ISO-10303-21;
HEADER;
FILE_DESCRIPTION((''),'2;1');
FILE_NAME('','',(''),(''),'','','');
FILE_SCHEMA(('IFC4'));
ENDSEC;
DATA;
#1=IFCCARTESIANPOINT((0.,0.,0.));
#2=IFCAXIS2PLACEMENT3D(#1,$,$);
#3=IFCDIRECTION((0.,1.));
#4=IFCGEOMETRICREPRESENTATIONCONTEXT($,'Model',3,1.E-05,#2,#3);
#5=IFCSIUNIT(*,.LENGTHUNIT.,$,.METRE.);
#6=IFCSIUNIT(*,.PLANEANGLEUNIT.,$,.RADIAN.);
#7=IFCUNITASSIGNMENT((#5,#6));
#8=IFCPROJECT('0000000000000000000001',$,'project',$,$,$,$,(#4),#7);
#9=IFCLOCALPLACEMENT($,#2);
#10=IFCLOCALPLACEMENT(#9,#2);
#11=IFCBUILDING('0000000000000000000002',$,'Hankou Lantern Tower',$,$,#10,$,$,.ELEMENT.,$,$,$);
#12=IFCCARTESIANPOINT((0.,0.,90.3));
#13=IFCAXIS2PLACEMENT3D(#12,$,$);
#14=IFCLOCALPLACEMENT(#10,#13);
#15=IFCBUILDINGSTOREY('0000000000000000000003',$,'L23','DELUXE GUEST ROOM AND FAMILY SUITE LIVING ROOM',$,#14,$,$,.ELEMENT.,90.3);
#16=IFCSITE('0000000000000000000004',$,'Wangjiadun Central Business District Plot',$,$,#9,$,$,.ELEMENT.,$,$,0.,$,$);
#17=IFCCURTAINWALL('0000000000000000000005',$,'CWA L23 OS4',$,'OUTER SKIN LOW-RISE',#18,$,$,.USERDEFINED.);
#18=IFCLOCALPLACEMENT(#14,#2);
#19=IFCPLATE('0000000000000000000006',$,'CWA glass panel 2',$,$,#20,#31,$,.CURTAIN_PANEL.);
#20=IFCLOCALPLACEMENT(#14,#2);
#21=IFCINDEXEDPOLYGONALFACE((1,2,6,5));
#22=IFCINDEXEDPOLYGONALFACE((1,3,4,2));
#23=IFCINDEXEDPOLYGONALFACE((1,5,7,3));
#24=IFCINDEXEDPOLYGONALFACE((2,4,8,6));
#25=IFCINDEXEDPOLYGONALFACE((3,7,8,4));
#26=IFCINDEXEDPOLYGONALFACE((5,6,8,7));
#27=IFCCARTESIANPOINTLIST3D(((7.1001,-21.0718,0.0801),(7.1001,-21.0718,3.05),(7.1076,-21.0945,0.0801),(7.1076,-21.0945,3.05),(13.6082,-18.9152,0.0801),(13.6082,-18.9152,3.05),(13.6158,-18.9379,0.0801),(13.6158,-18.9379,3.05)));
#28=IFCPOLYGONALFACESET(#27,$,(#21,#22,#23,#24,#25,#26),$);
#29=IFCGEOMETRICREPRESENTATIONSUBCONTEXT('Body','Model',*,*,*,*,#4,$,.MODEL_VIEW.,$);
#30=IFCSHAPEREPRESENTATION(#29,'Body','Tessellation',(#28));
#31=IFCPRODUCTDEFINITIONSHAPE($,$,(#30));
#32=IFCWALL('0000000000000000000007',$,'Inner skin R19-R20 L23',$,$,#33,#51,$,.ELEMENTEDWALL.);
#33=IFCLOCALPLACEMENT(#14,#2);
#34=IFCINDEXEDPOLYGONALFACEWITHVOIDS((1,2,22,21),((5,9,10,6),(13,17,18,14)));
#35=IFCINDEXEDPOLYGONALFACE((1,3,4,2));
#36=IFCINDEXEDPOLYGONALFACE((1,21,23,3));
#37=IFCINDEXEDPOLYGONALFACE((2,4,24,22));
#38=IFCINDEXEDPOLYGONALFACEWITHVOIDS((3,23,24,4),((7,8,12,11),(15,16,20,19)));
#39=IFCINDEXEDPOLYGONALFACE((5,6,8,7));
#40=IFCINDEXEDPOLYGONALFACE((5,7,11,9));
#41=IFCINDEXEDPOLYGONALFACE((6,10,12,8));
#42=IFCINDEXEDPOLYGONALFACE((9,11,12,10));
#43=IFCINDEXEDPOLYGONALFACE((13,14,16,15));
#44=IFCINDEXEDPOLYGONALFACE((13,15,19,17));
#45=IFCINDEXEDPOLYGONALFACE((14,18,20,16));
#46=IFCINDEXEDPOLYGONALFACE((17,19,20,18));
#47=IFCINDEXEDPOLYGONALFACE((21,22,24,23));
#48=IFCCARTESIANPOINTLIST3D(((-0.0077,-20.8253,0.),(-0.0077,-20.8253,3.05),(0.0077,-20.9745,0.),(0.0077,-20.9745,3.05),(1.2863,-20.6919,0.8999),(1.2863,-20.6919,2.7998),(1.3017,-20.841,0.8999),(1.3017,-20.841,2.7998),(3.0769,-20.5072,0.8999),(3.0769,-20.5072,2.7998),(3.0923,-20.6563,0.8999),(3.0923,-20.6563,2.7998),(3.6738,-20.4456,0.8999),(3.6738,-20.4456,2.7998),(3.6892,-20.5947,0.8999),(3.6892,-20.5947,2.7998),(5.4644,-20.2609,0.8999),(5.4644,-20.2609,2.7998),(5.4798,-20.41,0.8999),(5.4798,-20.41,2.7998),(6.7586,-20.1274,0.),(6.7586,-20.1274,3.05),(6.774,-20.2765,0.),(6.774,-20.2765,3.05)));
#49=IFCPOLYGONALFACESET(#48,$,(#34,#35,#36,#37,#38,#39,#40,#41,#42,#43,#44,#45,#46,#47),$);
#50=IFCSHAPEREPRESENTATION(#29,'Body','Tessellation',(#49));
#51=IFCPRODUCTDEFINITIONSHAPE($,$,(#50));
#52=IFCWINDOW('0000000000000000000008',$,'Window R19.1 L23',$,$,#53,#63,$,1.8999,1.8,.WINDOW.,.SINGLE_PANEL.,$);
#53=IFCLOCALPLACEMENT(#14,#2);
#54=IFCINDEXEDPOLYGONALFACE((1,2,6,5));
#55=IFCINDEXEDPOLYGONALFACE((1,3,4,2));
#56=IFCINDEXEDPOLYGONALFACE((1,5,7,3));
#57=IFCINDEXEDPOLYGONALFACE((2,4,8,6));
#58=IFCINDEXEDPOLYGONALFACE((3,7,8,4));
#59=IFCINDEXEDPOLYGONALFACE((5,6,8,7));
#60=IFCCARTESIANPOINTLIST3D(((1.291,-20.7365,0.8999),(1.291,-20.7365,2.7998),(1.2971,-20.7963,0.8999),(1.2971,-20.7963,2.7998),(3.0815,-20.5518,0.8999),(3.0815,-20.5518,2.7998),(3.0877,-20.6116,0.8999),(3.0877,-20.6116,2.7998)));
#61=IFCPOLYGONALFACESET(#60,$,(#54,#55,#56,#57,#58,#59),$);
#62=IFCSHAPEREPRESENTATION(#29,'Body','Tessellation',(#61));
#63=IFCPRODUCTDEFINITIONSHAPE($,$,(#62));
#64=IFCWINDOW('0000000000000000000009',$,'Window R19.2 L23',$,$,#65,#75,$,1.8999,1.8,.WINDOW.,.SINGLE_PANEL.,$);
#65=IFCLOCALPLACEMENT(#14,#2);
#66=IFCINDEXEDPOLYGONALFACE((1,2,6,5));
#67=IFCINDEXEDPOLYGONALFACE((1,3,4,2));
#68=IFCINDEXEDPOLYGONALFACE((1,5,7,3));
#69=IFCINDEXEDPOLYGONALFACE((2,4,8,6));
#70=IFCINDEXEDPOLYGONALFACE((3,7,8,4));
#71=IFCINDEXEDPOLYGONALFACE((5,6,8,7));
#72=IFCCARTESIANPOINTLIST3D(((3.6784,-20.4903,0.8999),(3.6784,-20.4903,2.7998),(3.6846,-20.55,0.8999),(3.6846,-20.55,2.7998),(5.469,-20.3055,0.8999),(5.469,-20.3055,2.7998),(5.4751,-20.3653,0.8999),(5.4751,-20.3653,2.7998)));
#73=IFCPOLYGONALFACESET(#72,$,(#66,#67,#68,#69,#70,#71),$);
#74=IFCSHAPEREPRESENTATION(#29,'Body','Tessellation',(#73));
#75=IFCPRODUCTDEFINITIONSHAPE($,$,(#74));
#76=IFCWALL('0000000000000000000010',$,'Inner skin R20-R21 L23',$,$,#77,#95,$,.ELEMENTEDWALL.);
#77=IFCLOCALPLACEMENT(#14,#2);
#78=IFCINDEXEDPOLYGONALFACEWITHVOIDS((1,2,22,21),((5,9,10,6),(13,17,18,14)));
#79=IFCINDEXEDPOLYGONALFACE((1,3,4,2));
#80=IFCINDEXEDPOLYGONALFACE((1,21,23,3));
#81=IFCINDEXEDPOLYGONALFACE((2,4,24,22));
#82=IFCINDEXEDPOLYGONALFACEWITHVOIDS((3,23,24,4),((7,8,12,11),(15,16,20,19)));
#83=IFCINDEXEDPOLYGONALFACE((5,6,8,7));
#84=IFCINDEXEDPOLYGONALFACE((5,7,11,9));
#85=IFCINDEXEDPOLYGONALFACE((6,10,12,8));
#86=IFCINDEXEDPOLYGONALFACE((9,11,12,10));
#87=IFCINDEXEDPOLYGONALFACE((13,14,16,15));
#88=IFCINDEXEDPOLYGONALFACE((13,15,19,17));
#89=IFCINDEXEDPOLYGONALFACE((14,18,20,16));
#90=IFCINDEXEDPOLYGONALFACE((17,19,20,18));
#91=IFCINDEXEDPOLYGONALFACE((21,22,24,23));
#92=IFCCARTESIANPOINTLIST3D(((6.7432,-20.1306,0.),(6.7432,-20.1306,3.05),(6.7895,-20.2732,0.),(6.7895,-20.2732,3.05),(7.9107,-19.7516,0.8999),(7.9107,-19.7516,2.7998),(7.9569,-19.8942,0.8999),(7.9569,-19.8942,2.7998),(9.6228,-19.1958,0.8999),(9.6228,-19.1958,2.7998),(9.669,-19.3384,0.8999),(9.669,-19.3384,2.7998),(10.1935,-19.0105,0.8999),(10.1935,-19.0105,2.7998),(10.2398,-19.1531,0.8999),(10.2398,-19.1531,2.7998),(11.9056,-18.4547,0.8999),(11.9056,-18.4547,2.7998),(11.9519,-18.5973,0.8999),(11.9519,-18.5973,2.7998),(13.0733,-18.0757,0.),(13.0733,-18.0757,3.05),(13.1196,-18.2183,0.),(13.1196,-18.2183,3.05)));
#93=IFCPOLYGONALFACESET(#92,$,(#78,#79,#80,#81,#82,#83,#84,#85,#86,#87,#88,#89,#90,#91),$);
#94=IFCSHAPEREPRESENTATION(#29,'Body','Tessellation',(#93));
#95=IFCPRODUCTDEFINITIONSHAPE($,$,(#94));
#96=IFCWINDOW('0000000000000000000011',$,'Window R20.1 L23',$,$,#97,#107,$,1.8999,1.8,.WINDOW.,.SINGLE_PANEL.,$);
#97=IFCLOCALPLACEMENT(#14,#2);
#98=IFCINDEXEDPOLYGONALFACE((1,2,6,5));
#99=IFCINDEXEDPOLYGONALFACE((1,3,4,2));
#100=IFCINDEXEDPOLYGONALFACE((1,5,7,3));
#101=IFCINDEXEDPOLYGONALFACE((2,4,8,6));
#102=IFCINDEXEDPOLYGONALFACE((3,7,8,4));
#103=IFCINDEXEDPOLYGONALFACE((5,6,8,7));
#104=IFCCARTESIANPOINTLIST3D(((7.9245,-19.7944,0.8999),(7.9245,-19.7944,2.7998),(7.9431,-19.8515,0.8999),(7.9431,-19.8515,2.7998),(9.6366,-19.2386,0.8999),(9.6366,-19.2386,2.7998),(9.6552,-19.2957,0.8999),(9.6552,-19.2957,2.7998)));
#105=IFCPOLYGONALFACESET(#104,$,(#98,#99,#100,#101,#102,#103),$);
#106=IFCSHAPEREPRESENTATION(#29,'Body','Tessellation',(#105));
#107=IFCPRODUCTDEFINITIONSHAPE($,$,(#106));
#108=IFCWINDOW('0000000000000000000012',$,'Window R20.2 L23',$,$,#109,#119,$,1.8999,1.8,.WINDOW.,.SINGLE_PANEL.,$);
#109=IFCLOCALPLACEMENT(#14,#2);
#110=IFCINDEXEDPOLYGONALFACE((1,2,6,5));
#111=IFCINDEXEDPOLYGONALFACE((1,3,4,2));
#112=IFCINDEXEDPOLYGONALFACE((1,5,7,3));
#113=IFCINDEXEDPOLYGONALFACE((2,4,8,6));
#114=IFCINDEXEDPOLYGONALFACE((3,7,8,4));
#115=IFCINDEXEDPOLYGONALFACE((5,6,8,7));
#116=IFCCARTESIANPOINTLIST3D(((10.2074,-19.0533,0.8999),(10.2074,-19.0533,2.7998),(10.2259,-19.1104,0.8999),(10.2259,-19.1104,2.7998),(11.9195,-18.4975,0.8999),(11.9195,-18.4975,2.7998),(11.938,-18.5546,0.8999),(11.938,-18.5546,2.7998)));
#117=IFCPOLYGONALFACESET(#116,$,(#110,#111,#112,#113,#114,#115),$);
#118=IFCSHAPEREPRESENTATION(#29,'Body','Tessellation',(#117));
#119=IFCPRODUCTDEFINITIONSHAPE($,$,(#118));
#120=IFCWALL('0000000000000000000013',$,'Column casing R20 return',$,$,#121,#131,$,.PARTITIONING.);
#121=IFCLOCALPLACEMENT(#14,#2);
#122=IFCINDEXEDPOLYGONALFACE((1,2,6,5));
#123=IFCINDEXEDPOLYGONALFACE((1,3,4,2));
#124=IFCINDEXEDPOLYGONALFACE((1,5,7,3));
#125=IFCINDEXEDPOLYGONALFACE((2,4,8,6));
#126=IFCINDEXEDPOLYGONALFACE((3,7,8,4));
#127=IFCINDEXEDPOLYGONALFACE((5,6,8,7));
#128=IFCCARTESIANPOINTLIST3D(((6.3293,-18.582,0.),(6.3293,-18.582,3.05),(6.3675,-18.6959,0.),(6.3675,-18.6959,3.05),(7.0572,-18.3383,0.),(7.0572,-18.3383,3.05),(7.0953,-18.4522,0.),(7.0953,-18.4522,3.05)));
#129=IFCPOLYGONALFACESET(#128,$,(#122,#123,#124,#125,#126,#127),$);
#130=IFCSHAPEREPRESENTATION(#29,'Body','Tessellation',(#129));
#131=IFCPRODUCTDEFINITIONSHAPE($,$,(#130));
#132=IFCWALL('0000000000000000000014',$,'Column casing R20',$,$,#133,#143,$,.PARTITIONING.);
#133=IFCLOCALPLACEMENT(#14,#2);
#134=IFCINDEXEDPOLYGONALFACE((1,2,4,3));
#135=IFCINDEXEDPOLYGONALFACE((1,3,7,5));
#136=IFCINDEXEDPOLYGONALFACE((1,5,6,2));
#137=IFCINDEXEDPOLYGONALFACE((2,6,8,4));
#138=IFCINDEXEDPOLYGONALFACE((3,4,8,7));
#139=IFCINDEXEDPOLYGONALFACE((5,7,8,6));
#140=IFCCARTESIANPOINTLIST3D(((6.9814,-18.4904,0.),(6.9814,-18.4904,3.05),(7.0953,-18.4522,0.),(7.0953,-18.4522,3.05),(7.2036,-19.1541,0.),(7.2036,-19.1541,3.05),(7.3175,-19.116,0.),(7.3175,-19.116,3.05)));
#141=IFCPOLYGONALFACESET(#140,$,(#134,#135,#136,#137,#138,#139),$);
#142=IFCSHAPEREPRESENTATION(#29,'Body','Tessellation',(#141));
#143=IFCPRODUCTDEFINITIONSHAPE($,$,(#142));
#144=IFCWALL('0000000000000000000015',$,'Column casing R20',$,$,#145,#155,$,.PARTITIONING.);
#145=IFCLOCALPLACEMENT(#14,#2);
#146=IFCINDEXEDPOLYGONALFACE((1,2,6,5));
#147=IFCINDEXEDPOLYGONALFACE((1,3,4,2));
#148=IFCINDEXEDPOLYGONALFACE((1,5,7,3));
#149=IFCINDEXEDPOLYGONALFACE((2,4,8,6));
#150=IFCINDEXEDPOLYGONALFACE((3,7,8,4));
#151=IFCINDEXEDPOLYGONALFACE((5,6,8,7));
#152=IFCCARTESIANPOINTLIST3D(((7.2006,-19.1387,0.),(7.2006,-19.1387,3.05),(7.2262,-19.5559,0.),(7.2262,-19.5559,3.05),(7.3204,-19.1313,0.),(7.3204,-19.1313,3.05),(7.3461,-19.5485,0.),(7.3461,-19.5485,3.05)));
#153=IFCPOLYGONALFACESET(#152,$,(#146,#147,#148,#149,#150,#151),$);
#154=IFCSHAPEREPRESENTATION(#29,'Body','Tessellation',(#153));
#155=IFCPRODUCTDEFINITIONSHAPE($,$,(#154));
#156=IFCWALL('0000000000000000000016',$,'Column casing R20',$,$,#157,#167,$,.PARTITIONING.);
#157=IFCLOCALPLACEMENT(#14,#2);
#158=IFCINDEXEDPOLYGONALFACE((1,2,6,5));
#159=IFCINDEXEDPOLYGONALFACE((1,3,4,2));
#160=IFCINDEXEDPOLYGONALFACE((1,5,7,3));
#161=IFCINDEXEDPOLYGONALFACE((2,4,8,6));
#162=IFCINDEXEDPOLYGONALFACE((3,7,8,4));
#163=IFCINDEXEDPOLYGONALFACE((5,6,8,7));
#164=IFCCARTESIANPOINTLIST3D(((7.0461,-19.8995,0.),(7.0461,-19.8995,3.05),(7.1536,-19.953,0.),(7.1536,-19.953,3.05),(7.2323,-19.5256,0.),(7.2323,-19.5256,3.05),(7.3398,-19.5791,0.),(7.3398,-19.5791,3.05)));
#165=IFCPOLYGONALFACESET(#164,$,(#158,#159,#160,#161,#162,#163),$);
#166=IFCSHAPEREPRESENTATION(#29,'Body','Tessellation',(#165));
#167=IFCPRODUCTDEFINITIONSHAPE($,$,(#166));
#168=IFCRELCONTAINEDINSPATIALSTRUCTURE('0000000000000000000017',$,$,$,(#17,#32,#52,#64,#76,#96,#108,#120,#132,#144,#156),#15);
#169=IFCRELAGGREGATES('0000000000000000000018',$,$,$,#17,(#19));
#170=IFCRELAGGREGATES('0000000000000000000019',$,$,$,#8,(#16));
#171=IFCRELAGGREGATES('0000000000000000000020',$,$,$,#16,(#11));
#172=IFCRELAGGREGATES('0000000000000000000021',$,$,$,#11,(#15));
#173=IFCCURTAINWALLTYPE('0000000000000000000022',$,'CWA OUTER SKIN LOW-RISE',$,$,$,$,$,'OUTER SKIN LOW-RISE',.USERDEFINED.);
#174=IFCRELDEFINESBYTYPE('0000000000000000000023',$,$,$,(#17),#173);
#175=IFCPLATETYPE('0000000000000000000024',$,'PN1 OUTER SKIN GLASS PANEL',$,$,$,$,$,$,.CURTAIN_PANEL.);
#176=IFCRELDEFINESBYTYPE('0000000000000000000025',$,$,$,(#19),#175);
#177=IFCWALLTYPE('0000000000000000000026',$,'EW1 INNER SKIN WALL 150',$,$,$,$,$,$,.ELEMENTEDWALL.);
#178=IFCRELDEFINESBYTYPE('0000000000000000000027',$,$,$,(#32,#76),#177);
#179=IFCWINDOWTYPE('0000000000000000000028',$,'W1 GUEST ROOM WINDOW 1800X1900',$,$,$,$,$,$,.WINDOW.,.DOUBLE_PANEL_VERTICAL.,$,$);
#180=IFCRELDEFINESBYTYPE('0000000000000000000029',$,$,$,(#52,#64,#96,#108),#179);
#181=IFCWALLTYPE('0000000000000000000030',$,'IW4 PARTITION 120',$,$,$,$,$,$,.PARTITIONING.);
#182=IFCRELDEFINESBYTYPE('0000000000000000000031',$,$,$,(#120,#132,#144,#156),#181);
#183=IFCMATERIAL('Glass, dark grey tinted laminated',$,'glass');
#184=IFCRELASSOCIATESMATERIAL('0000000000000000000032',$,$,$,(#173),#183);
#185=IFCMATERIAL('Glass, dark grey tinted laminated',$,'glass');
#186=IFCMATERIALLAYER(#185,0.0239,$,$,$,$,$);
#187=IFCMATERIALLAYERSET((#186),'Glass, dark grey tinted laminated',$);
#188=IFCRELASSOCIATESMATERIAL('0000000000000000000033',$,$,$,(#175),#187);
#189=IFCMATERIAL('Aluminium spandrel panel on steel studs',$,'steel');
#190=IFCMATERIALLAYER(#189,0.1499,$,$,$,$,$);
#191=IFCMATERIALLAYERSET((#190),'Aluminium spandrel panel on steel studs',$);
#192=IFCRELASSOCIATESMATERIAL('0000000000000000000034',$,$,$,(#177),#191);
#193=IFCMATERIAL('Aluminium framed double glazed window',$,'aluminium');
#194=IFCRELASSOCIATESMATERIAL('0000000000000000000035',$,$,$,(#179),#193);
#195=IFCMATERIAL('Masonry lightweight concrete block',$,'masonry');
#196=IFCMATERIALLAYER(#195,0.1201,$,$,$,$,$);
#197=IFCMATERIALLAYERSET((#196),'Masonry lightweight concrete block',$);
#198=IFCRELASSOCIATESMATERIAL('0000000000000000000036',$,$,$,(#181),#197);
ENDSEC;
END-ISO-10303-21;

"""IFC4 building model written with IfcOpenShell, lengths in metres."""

from ifc_helpers import new_model, si_unit, direction, frame, frame_2d, origin, origin_2d, place, context, subcontext, project, spatial, rectangle, extrude, material, layer, layer_set, type_object, element, fill, aggregate, save


model = new_model("IFC4")

# Units and contexts
model_context = context("Model", 3, precision=1e-05, world=origin(), true_north=direction((0.0, 1.0)))
body_context = subcontext(model_context, "Body", "Model", "MODEL_VIEW")
ifc_project = project(units=[si_unit("LENGTHUNIT", "METRE"), si_unit("PLANEANGLEUNIT", "RADIAN")], contexts=[model_context])

# Site, building, storey
site_placement = place(None, origin())
site = spatial("IfcSite", under=ifc_project, at=site_placement, Name="Wangjiadun Central Business District Plot", CompositionType="ELEMENT", RefElevation=0.0)
building_placement = place(site_placement, origin())
building = spatial("IfcBuilding", under=site, at=building_placement, Name="Hankou Lantern Tower", CompositionType="ELEMENT")
storey_placement = place(building_placement, frame((0.0, 0.0, 90.3)))
storey = spatial("IfcBuildingStorey", under=building, at=storey_placement, Name="L23", Description="DELUXE GUEST ROOM AND FAMILY SUITE LIVING ROOM", CompositionType="ELEMENT", Elevation=90.3)

# Curtain wall
ifc_material_1 = material(Name="Glass, dark grey tinted laminated", Category="glass")
curtain_wall_type = type_object("IfcCurtainWallType", Name="CWA OUTER SKIN LOW-RISE", ElementType="OUTER SKIN LOW-RISE", PredefinedType="USERDEFINED", material=ifc_material_1)
curtain_wall_placement = place(storey_placement, origin())
curtain_wall = element("IfcCurtainWall", 1, at=curtain_wall_placement, inside=storey, type_object=curtain_wall_type, Name="CWA L23 OS4", ObjectType="OUTER SKIN LOW-RISE", PredefinedType="USERDEFINED")

# Plate
ifc_material_2 = material(Name="Glass, dark grey tinted laminated", Category="glass")
ifc_layer_1 = layer(ifc_material_2, 0.0239)
ifc_layer_set_1 = layer_set([ifc_layer_1], Name="Glass, dark grey tinted laminated")
plate_type = type_object("IfcPlateType", Name="PN1 OUTER SKIN GLASS PANEL", PredefinedType="CURTAIN_PANEL", material=ifc_layer_set_1)
plate_1_placement = place(storey_placement, frame((10.3579, -20.0049, 0.0801), z_axis=(0.0, 0.0, 1.0), x_axis=(0.949241, 0.314551, 0.0)))
plate_1 = element("IfcPlate", 2, at=plate_1_placement, type_object=plate_type, Name="CWA glass panel 2", PredefinedType="CURTAIN_PANEL", context=body_context, shape_type="SweptSolid", body=[
    extrude(rectangle(XDim=6.8562, YDim=0.0239, at=origin_2d()), origin(), (0.0, 0.0, 1.0), 2.97),
])
aggregate(curtain_wall, [plate_1])

# Walls, openings, windows
ifc_material_3 = material(Name="Aluminium spandrel panel on steel studs", Category="steel")
ifc_layer_2 = layer(ifc_material_3, 0.1499)
ifc_layer_set_2 = layer_set([ifc_layer_2], Name="Aluminium spandrel panel on steel studs")
wall_type_1 = type_object("IfcWallType", Name="EW1 INNER SKIN WALL 150", PredefinedType="ELEMENTEDWALL", material=ifc_layer_set_2)
wall_1_placement = place(storey_placement, frame((0.0, -20.8999, 0.0), z_axis=(0.0, 0.0, 1.0), x_axis=(0.994721, 0.102613, 0.0)))
wall_1 = element("IfcWall", 3, at=wall_1_placement, inside=storey, type_object=wall_type_1, Name="Inner skin R19-R20 L23", PredefinedType="ELEMENTEDWALL", context=body_context, shape_type="SweptSolid", body=[
    extrude(rectangle(XDim=6.8022, YDim=0.1499, at=frame_2d((3.4011, 0.0))), origin(), (0.0, 0.0, 1.0), 3.05),
])
opening_1_placement = place(wall_1_placement, frame((1.301, 0.0, 0.8999)))
opening_1 = element("IfcOpeningElement", 4, at=opening_1_placement, cuts=wall_1, PredefinedType="OPENING", context=body_context, shape_type="SweptSolid", body=[
    extrude(rectangle(XDim=1.8, YDim=1.8999, at=frame_2d((0.8999, 0.95))), frame((0.0, 0.085, 0.0), z_axis=(0.0, -1.0, 0.0), x_axis=(1.0, 0.0, 0.0)), (0.0, 0.0, 1.0), 0.1699),
])
opening_2_placement = place(wall_1_placement, frame((3.7012, 0.0, 0.8999)))
opening_2 = element("IfcOpeningElement", 5, at=opening_2_placement, cuts=wall_1, PredefinedType="OPENING", context=body_context, shape_type="SweptSolid", body=[
    extrude(rectangle(XDim=1.8, YDim=1.8999, at=frame_2d((0.8999, 0.95))), frame((0.0, 0.085, 0.0), z_axis=(0.0, -1.0, 0.0), x_axis=(1.0, 0.0, 0.0)), (0.0, 0.0, 1.0), 0.1699),
])
ifc_material_4 = material(Name="Aluminium framed double glazed window", Category="aluminium")
window_type = type_object("IfcWindowType", Name="W1 GUEST ROOM WINDOW 1800X1900", PartitioningType="DOUBLE_PANEL_VERTICAL", PredefinedType="WINDOW", material=ifc_material_4)
window_1_placement = place(opening_1_placement, origin())
window_1 = element("IfcWindow", 6, at=window_1_placement, inside=storey, type_object=window_type, Name="Window R19.1 L23", OverallHeight=1.8999, OverallWidth=1.8, PartitioningType="SINGLE_PANEL", PredefinedType="WINDOW", context=body_context, shape_type="SweptSolid", body=[
    extrude(rectangle(XDim=1.8, YDim=1.8999, at=frame_2d((0.8999, 0.95))), frame((0.0, 0.03, 0.0), z_axis=(0.0, -1.0, 0.0), x_axis=(1.0, 0.0, 0.0)), (0.0, 0.0, 1.0), 0.0601),
])
fill(opening_1, window_1)
window_2_placement = place(opening_2_placement, origin())
window_2 = element("IfcWindow", 7, at=window_2_placement, inside=storey, type_object=window_type, Name="Window R19.2 L23", OverallHeight=1.8999, OverallWidth=1.8, PartitioningType="SINGLE_PANEL", PredefinedType="WINDOW", context=body_context, shape_type="SweptSolid", body=[
    extrude(rectangle(XDim=1.8, YDim=1.8999, at=frame_2d((0.8999, 0.95))), frame((0.0, 0.03, 0.0), z_axis=(0.0, -1.0, 0.0), x_axis=(1.0, 0.0, 0.0)), (0.0, 0.0, 1.0), 0.0601),
])
fill(opening_2, window_2)
wall_2_placement = place(storey_placement, frame((6.7664, -20.2019, 0.0), z_axis=(0.0, 0.0, 1.0), x_axis=(0.951138, 0.308768, 0.0)))
wall_2 = element("IfcWall", 8, at=wall_2_placement, inside=storey, type_object=wall_type_1, Name="Inner skin R20-R21 L23", PredefinedType="ELEMENTEDWALL", context=body_context, shape_type="SweptSolid", body=[
    extrude(rectangle(XDim=6.6553, YDim=0.1499, at=frame_2d((3.3276, 0.0))), origin(), (0.0, 0.0, 1.0), 3.05),
])
opening_3_placement = place(wall_2_placement, frame((1.2275, 0.0, 0.8999)))
opening_3 = element("IfcOpeningElement", 9, at=opening_3_placement, cuts=wall_2, PredefinedType="OPENING", context=body_context, shape_type="SweptSolid", body=[
    extrude(rectangle(XDim=1.8, YDim=1.8999, at=frame_2d((0.8999, 0.95))), frame((0.0, 0.085, 0.0), z_axis=(0.0, -1.0, 0.0), x_axis=(1.0, 0.0, 0.0)), (0.0, 0.0, 1.0), 0.1699),
])
opening_4_placement = place(wall_2_placement, frame((3.6277, 0.0, 0.8999)))
opening_4 = element("IfcOpeningElement", 10, at=opening_4_placement, cuts=wall_2, PredefinedType="OPENING", context=body_context, shape_type="SweptSolid", body=[
    extrude(rectangle(XDim=1.8, YDim=1.8999, at=frame_2d((0.8999, 0.95))), frame((0.0, 0.085, 0.0), z_axis=(0.0, -1.0, 0.0), x_axis=(1.0, 0.0, 0.0)), (0.0, 0.0, 1.0), 0.1699),
])
window_3_placement = place(opening_3_placement, origin())
window_3 = element("IfcWindow", 11, at=window_3_placement, inside=storey, type_object=window_type, Name="Window R20.1 L23", OverallHeight=1.8999, OverallWidth=1.8, PartitioningType="SINGLE_PANEL", PredefinedType="WINDOW", context=body_context, shape_type="SweptSolid", body=[
    extrude(rectangle(XDim=1.8, YDim=1.8999, at=frame_2d((0.8999, 0.95))), frame((0.0, 0.03, 0.0), z_axis=(0.0, -1.0, 0.0), x_axis=(1.0, 0.0, 0.0)), (0.0, 0.0, 1.0), 0.0601),
])
fill(opening_3, window_3)
window_4_placement = place(opening_4_placement, origin())
window_4 = element("IfcWindow", 12, at=window_4_placement, inside=storey, type_object=window_type, Name="Window R20.2 L23", OverallHeight=1.8999, OverallWidth=1.8, PartitioningType="SINGLE_PANEL", PredefinedType="WINDOW", context=body_context, shape_type="SweptSolid", body=[
    extrude(rectangle(XDim=1.8, YDim=1.8999, at=frame_2d((0.8999, 0.95))), frame((0.0, 0.03, 0.0), z_axis=(0.0, -1.0, 0.0), x_axis=(1.0, 0.0, 0.0)), (0.0, 0.0, 1.0), 0.0601),
])
fill(opening_4, window_4)

# Walls
ifc_material_5 = material(Name="Masonry lightweight concrete block", Category="masonry")
ifc_layer_3 = layer(ifc_material_5, 0.1201)
ifc_layer_set_3 = layer_set([ifc_layer_3], Name="Masonry lightweight concrete block")
wall_type_2 = type_object("IfcWallType", Name="IW4 PARTITION 120", PredefinedType="PARTITIONING", material=ifc_layer_set_3)
wall_3_placement = place(storey_placement, frame((6.3484, -18.6389, 0.0), z_axis=(0.0, 0.0, 1.0), x_axis=(0.948269, 0.317468, 0.0)))
element("IfcWall", 13, at=wall_3_placement, inside=storey, type_object=wall_type_2, Name="Column casing R20 return", PredefinedType="PARTITIONING", context=body_context, shape_type="SweptSolid", body=[
    extrude(rectangle(XDim=0.7676, YDim=0.1201, at=frame_2d((0.3838, 0.0))), origin(), (0.0, 0.0, 1.0), 3.05),
])
wall_4_placement = place(storey_placement, frame((7.0383, -18.4712, 0.0), z_axis=(0.0, 0.0, 1.0), x_axis=(0.317378, -0.948299, 0.0)))
element("IfcWall", 14, at=wall_4_placement, inside=storey, type_object=wall_type_2, Name="Column casing R20", PredefinedType="PARTITIONING", context=body_context, shape_type="SweptSolid", body=[
    extrude(rectangle(XDim=0.7, YDim=0.1201, at=frame_2d((0.3501, 0.0))), origin(), (0.0, 0.0, 1.0), 3.05),
])
wall_5_placement = place(storey_placement, frame((7.2605, -19.135, 0.0), z_axis=(0.0, 0.0, 1.0), x_axis=(0.061324, -0.998118, 0.0)))
element("IfcWall", 15, at=wall_5_placement, inside=storey, type_object=wall_type_2, Name="Column casing R20", PredefinedType="PARTITIONING", context=body_context, shape_type="SweptSolid", body=[
    extrude(rectangle(XDim=0.418, YDim=0.1201, at=frame_2d((0.209, 0.0))), origin(), (0.0, 0.0, 1.0), 3.05),
])
wall_6_placement = place(storey_placement, frame((7.2861, -19.5522, 0.0), z_axis=(0.0, 0.0, 1.0), x_axis=(-0.445811, -0.895127, 0.0)))
element("IfcWall", 16, at=wall_6_placement, inside=storey, type_object=wall_type_2, Name="Column casing R20", PredefinedType="PARTITIONING", context=body_context, shape_type="SweptSolid", body=[
    extrude(rectangle(XDim=0.4177, YDim=0.1201, at=frame_2d((0.209, 0.0))), origin(), (0.0, 0.0, 1.0), 3.05),
])

save(model, "model.ifc")
